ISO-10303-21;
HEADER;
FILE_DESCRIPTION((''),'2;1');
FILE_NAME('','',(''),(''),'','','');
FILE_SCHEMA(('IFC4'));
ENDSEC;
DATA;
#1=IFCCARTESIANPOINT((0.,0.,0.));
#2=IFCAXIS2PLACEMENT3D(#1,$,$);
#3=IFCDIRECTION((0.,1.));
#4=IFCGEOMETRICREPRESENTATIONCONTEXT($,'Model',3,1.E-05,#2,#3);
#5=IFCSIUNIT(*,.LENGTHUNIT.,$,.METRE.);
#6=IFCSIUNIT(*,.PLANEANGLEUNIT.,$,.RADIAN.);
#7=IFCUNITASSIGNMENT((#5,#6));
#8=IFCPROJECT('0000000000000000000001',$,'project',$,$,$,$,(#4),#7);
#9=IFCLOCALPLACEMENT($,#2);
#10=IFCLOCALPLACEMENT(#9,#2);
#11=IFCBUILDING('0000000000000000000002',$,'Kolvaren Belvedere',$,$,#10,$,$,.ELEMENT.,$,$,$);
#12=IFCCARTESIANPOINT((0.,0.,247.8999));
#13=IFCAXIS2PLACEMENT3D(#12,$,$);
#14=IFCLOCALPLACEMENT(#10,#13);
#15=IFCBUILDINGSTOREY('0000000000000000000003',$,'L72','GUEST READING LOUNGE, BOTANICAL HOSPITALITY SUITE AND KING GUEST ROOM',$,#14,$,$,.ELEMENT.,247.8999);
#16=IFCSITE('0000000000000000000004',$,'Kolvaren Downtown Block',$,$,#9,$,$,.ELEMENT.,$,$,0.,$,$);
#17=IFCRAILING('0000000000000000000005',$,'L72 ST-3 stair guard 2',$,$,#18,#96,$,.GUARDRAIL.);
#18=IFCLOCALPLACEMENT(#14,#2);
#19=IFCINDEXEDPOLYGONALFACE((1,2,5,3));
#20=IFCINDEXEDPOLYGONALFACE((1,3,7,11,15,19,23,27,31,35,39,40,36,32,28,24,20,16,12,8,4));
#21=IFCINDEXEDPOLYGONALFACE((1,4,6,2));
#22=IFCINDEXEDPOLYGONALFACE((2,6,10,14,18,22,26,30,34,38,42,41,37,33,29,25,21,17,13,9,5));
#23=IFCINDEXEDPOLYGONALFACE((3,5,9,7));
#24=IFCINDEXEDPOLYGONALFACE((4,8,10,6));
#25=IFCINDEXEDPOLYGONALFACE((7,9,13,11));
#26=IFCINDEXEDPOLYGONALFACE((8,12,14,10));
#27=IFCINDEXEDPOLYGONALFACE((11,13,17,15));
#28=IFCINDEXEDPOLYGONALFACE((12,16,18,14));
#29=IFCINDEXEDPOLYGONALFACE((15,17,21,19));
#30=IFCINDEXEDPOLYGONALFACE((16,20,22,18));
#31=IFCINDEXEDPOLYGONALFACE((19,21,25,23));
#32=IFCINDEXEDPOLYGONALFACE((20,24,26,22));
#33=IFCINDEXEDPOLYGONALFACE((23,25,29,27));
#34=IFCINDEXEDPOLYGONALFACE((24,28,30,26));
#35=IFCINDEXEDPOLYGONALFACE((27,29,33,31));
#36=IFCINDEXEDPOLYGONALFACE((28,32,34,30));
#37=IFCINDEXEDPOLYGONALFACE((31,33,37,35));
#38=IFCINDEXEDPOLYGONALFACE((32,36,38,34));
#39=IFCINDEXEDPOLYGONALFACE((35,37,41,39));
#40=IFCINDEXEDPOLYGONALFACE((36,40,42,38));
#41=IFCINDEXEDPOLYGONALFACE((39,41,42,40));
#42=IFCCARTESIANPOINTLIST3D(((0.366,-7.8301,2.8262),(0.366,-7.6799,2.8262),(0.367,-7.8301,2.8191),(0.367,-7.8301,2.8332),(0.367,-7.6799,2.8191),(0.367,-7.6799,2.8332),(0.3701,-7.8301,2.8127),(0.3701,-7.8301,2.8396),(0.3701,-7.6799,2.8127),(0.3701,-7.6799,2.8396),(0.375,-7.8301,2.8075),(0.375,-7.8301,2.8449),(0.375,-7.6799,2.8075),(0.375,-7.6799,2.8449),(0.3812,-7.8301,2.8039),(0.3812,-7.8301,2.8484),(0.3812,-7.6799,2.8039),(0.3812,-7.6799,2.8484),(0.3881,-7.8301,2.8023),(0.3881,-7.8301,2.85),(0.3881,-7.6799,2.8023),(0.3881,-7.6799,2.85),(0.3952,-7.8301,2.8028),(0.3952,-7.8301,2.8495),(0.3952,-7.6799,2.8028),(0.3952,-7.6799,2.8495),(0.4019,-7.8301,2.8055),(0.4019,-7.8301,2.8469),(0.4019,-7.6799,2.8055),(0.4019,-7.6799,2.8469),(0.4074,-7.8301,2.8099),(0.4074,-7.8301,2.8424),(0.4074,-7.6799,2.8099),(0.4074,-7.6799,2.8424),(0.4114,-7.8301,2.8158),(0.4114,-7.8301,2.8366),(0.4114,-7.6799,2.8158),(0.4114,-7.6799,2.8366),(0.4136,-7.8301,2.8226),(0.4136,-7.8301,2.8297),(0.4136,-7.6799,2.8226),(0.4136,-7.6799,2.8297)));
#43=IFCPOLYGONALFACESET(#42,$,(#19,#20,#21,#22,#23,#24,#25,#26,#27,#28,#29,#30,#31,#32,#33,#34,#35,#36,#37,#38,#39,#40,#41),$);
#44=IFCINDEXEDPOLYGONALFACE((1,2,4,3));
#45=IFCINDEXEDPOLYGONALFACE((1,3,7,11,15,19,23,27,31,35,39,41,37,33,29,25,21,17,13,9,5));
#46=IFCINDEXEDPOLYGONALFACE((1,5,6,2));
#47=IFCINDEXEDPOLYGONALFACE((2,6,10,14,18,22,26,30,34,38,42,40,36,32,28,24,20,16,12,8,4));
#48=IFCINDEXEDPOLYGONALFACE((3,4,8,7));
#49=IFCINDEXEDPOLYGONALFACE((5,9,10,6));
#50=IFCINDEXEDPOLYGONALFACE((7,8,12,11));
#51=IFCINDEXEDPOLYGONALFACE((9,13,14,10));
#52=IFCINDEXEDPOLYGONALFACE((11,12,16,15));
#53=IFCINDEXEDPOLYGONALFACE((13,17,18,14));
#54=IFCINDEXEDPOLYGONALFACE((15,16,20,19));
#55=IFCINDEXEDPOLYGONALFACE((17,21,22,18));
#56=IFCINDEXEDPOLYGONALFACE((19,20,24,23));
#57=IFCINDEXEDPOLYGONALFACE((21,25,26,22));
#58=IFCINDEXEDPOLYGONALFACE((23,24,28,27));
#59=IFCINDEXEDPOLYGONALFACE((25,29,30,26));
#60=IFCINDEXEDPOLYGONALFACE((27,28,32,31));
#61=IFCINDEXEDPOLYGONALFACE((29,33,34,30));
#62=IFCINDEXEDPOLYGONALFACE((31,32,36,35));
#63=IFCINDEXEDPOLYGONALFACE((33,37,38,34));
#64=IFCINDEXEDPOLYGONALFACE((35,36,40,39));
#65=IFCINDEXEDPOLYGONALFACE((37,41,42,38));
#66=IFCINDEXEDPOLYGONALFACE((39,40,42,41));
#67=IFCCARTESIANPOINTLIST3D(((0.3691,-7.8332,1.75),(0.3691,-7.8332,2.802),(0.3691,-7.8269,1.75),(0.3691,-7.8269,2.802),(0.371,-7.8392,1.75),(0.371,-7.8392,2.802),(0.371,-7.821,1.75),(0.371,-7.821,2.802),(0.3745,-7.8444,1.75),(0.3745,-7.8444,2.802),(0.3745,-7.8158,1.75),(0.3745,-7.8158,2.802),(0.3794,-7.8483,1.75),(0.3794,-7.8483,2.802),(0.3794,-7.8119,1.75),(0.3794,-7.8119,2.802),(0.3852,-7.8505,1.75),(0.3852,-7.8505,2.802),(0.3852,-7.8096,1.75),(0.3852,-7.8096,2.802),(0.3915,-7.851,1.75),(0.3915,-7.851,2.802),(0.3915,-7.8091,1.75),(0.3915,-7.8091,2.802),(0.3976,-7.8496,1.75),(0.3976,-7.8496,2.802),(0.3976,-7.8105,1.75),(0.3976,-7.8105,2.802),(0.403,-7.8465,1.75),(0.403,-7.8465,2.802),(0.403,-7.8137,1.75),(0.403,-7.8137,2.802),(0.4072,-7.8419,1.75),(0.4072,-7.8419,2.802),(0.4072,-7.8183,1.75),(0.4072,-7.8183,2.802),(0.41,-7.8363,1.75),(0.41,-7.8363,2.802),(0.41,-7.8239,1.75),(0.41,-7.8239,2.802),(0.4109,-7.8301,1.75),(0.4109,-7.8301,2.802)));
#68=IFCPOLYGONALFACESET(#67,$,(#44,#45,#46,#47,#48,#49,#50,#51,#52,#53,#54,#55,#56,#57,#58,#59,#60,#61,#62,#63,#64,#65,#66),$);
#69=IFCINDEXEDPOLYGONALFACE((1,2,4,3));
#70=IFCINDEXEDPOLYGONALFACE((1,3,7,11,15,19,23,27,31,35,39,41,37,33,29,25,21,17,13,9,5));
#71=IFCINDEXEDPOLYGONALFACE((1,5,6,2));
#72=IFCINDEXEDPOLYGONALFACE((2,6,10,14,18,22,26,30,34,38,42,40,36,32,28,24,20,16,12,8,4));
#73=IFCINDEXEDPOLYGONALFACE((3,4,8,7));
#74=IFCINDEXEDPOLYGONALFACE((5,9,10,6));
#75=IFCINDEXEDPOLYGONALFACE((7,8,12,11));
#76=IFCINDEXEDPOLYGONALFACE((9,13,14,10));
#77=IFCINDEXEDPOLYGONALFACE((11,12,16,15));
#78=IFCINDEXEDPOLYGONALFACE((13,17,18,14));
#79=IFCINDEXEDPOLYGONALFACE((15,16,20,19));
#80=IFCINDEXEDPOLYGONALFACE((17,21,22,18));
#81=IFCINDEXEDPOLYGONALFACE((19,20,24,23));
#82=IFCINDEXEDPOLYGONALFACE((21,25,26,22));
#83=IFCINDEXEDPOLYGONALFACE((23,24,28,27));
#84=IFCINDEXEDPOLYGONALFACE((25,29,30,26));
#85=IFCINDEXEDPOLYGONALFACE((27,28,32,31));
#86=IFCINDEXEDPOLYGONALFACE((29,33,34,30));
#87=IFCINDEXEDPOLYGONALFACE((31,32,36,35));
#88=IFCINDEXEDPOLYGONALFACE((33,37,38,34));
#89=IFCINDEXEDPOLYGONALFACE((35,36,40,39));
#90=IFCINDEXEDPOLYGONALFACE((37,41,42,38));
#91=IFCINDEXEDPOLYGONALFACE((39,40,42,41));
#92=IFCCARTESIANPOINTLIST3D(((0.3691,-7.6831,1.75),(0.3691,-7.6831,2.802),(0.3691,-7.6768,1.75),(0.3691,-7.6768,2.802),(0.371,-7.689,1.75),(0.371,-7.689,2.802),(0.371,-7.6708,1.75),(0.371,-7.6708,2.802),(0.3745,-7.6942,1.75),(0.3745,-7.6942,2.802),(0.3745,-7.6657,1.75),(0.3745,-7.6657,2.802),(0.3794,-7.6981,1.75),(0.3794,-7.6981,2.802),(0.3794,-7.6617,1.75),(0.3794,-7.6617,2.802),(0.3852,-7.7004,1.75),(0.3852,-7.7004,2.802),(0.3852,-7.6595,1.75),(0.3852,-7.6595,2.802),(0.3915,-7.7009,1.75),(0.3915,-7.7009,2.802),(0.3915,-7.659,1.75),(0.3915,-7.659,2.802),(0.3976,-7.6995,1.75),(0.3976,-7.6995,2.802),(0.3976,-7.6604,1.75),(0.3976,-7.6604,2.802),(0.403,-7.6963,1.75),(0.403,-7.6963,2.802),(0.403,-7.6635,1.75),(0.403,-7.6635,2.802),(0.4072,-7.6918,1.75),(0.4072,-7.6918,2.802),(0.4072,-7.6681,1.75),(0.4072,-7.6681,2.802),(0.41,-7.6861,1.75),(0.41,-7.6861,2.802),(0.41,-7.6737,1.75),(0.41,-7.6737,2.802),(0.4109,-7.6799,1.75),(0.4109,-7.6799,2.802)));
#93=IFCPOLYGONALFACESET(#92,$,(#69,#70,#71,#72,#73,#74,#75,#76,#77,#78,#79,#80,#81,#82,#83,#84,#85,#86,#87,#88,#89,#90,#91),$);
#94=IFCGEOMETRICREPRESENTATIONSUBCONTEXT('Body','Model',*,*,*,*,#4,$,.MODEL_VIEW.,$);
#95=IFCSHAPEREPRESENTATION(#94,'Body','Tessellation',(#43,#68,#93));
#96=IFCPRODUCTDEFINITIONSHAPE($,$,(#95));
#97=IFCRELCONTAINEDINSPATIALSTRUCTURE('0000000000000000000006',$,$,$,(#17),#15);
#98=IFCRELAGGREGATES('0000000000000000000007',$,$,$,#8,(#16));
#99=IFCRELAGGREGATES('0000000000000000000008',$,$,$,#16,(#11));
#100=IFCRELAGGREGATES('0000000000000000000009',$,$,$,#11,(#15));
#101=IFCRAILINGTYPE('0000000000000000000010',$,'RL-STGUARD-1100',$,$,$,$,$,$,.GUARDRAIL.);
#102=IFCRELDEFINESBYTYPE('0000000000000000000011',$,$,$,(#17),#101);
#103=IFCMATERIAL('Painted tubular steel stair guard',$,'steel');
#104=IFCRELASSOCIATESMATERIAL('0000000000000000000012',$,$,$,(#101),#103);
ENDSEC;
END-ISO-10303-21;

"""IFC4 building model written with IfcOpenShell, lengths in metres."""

from ifc_helpers import new_model, si_unit, direction, frame, origin, origin_2d, place, context, subcontext, project, spatial, circle, extrude, material, type_object, element, save


model = new_model("IFC4")

# Units and contexts
model_context = context("Model", 3, precision=1e-05, world=origin(), true_north=direction((0.0, 1.0)))
body_context = subcontext(model_context, "Body", "Model", "MODEL_VIEW")
ifc_project = project(units=[si_unit("LENGTHUNIT", "METRE"), si_unit("PLANEANGLEUNIT", "RADIAN")], contexts=[model_context])

# Site, building, storey
site_placement = place(None, origin())
site = spatial("IfcSite", under=ifc_project, at=site_placement, Name="Kolvaren Downtown Block", CompositionType="ELEMENT", RefElevation=0.0)
building_placement = place(site_placement, origin())
building = spatial("IfcBuilding", under=site, at=building_placement, Name="Kolvaren Belvedere", CompositionType="ELEMENT")
storey_placement = place(building_placement, frame((0.0, 0.0, 247.8999)))
storey = spatial("IfcBuildingStorey", under=building, at=storey_placement, Name="L72", Description="GUEST READING LOUNGE, BOTANICAL HOSPITALITY SUITE AND KING GUEST ROOM", CompositionType="ELEMENT", Elevation=247.8999)

# Railing
ifc_material_1 = material(Name="Painted tubular steel stair guard", Category="steel")
railing_type_1 = type_object("IfcRailingType", Name="RL-STGUARD-1100", PredefinedType="GUARDRAIL", material=ifc_material_1)
railing_1_placement = place(storey_placement, frame((0.3899, -7.8301, 1.75)))
element("IfcRailing", 1, at=railing_1_placement, inside=storey, type_object=railing_type_1, Name="L72 ST-3 stair guard 2", PredefinedType="GUARDRAIL", context=body_context, shape_type="SweptSolid", body=[
    extrude(circle(Radius=0.0239, at=origin_2d()), frame((0.0, 0.0, 1.0762), z_axis=(0.0, 1.0, 0.0), x_axis=(-1.0, 0.0, 0.0)), (0.0, 0.0, 1.0), 0.1501),
    extrude(circle(Radius=0.021, at=origin_2d()), origin(), (0.0, 0.0, 1.0), 1.052),
    extrude(circle(Radius=0.021, at=origin_2d()), frame((0.0, 0.1501, 0.0)), (0.0, 0.0, 1.0), 1.052),
])

save(model, "model.ifc")
